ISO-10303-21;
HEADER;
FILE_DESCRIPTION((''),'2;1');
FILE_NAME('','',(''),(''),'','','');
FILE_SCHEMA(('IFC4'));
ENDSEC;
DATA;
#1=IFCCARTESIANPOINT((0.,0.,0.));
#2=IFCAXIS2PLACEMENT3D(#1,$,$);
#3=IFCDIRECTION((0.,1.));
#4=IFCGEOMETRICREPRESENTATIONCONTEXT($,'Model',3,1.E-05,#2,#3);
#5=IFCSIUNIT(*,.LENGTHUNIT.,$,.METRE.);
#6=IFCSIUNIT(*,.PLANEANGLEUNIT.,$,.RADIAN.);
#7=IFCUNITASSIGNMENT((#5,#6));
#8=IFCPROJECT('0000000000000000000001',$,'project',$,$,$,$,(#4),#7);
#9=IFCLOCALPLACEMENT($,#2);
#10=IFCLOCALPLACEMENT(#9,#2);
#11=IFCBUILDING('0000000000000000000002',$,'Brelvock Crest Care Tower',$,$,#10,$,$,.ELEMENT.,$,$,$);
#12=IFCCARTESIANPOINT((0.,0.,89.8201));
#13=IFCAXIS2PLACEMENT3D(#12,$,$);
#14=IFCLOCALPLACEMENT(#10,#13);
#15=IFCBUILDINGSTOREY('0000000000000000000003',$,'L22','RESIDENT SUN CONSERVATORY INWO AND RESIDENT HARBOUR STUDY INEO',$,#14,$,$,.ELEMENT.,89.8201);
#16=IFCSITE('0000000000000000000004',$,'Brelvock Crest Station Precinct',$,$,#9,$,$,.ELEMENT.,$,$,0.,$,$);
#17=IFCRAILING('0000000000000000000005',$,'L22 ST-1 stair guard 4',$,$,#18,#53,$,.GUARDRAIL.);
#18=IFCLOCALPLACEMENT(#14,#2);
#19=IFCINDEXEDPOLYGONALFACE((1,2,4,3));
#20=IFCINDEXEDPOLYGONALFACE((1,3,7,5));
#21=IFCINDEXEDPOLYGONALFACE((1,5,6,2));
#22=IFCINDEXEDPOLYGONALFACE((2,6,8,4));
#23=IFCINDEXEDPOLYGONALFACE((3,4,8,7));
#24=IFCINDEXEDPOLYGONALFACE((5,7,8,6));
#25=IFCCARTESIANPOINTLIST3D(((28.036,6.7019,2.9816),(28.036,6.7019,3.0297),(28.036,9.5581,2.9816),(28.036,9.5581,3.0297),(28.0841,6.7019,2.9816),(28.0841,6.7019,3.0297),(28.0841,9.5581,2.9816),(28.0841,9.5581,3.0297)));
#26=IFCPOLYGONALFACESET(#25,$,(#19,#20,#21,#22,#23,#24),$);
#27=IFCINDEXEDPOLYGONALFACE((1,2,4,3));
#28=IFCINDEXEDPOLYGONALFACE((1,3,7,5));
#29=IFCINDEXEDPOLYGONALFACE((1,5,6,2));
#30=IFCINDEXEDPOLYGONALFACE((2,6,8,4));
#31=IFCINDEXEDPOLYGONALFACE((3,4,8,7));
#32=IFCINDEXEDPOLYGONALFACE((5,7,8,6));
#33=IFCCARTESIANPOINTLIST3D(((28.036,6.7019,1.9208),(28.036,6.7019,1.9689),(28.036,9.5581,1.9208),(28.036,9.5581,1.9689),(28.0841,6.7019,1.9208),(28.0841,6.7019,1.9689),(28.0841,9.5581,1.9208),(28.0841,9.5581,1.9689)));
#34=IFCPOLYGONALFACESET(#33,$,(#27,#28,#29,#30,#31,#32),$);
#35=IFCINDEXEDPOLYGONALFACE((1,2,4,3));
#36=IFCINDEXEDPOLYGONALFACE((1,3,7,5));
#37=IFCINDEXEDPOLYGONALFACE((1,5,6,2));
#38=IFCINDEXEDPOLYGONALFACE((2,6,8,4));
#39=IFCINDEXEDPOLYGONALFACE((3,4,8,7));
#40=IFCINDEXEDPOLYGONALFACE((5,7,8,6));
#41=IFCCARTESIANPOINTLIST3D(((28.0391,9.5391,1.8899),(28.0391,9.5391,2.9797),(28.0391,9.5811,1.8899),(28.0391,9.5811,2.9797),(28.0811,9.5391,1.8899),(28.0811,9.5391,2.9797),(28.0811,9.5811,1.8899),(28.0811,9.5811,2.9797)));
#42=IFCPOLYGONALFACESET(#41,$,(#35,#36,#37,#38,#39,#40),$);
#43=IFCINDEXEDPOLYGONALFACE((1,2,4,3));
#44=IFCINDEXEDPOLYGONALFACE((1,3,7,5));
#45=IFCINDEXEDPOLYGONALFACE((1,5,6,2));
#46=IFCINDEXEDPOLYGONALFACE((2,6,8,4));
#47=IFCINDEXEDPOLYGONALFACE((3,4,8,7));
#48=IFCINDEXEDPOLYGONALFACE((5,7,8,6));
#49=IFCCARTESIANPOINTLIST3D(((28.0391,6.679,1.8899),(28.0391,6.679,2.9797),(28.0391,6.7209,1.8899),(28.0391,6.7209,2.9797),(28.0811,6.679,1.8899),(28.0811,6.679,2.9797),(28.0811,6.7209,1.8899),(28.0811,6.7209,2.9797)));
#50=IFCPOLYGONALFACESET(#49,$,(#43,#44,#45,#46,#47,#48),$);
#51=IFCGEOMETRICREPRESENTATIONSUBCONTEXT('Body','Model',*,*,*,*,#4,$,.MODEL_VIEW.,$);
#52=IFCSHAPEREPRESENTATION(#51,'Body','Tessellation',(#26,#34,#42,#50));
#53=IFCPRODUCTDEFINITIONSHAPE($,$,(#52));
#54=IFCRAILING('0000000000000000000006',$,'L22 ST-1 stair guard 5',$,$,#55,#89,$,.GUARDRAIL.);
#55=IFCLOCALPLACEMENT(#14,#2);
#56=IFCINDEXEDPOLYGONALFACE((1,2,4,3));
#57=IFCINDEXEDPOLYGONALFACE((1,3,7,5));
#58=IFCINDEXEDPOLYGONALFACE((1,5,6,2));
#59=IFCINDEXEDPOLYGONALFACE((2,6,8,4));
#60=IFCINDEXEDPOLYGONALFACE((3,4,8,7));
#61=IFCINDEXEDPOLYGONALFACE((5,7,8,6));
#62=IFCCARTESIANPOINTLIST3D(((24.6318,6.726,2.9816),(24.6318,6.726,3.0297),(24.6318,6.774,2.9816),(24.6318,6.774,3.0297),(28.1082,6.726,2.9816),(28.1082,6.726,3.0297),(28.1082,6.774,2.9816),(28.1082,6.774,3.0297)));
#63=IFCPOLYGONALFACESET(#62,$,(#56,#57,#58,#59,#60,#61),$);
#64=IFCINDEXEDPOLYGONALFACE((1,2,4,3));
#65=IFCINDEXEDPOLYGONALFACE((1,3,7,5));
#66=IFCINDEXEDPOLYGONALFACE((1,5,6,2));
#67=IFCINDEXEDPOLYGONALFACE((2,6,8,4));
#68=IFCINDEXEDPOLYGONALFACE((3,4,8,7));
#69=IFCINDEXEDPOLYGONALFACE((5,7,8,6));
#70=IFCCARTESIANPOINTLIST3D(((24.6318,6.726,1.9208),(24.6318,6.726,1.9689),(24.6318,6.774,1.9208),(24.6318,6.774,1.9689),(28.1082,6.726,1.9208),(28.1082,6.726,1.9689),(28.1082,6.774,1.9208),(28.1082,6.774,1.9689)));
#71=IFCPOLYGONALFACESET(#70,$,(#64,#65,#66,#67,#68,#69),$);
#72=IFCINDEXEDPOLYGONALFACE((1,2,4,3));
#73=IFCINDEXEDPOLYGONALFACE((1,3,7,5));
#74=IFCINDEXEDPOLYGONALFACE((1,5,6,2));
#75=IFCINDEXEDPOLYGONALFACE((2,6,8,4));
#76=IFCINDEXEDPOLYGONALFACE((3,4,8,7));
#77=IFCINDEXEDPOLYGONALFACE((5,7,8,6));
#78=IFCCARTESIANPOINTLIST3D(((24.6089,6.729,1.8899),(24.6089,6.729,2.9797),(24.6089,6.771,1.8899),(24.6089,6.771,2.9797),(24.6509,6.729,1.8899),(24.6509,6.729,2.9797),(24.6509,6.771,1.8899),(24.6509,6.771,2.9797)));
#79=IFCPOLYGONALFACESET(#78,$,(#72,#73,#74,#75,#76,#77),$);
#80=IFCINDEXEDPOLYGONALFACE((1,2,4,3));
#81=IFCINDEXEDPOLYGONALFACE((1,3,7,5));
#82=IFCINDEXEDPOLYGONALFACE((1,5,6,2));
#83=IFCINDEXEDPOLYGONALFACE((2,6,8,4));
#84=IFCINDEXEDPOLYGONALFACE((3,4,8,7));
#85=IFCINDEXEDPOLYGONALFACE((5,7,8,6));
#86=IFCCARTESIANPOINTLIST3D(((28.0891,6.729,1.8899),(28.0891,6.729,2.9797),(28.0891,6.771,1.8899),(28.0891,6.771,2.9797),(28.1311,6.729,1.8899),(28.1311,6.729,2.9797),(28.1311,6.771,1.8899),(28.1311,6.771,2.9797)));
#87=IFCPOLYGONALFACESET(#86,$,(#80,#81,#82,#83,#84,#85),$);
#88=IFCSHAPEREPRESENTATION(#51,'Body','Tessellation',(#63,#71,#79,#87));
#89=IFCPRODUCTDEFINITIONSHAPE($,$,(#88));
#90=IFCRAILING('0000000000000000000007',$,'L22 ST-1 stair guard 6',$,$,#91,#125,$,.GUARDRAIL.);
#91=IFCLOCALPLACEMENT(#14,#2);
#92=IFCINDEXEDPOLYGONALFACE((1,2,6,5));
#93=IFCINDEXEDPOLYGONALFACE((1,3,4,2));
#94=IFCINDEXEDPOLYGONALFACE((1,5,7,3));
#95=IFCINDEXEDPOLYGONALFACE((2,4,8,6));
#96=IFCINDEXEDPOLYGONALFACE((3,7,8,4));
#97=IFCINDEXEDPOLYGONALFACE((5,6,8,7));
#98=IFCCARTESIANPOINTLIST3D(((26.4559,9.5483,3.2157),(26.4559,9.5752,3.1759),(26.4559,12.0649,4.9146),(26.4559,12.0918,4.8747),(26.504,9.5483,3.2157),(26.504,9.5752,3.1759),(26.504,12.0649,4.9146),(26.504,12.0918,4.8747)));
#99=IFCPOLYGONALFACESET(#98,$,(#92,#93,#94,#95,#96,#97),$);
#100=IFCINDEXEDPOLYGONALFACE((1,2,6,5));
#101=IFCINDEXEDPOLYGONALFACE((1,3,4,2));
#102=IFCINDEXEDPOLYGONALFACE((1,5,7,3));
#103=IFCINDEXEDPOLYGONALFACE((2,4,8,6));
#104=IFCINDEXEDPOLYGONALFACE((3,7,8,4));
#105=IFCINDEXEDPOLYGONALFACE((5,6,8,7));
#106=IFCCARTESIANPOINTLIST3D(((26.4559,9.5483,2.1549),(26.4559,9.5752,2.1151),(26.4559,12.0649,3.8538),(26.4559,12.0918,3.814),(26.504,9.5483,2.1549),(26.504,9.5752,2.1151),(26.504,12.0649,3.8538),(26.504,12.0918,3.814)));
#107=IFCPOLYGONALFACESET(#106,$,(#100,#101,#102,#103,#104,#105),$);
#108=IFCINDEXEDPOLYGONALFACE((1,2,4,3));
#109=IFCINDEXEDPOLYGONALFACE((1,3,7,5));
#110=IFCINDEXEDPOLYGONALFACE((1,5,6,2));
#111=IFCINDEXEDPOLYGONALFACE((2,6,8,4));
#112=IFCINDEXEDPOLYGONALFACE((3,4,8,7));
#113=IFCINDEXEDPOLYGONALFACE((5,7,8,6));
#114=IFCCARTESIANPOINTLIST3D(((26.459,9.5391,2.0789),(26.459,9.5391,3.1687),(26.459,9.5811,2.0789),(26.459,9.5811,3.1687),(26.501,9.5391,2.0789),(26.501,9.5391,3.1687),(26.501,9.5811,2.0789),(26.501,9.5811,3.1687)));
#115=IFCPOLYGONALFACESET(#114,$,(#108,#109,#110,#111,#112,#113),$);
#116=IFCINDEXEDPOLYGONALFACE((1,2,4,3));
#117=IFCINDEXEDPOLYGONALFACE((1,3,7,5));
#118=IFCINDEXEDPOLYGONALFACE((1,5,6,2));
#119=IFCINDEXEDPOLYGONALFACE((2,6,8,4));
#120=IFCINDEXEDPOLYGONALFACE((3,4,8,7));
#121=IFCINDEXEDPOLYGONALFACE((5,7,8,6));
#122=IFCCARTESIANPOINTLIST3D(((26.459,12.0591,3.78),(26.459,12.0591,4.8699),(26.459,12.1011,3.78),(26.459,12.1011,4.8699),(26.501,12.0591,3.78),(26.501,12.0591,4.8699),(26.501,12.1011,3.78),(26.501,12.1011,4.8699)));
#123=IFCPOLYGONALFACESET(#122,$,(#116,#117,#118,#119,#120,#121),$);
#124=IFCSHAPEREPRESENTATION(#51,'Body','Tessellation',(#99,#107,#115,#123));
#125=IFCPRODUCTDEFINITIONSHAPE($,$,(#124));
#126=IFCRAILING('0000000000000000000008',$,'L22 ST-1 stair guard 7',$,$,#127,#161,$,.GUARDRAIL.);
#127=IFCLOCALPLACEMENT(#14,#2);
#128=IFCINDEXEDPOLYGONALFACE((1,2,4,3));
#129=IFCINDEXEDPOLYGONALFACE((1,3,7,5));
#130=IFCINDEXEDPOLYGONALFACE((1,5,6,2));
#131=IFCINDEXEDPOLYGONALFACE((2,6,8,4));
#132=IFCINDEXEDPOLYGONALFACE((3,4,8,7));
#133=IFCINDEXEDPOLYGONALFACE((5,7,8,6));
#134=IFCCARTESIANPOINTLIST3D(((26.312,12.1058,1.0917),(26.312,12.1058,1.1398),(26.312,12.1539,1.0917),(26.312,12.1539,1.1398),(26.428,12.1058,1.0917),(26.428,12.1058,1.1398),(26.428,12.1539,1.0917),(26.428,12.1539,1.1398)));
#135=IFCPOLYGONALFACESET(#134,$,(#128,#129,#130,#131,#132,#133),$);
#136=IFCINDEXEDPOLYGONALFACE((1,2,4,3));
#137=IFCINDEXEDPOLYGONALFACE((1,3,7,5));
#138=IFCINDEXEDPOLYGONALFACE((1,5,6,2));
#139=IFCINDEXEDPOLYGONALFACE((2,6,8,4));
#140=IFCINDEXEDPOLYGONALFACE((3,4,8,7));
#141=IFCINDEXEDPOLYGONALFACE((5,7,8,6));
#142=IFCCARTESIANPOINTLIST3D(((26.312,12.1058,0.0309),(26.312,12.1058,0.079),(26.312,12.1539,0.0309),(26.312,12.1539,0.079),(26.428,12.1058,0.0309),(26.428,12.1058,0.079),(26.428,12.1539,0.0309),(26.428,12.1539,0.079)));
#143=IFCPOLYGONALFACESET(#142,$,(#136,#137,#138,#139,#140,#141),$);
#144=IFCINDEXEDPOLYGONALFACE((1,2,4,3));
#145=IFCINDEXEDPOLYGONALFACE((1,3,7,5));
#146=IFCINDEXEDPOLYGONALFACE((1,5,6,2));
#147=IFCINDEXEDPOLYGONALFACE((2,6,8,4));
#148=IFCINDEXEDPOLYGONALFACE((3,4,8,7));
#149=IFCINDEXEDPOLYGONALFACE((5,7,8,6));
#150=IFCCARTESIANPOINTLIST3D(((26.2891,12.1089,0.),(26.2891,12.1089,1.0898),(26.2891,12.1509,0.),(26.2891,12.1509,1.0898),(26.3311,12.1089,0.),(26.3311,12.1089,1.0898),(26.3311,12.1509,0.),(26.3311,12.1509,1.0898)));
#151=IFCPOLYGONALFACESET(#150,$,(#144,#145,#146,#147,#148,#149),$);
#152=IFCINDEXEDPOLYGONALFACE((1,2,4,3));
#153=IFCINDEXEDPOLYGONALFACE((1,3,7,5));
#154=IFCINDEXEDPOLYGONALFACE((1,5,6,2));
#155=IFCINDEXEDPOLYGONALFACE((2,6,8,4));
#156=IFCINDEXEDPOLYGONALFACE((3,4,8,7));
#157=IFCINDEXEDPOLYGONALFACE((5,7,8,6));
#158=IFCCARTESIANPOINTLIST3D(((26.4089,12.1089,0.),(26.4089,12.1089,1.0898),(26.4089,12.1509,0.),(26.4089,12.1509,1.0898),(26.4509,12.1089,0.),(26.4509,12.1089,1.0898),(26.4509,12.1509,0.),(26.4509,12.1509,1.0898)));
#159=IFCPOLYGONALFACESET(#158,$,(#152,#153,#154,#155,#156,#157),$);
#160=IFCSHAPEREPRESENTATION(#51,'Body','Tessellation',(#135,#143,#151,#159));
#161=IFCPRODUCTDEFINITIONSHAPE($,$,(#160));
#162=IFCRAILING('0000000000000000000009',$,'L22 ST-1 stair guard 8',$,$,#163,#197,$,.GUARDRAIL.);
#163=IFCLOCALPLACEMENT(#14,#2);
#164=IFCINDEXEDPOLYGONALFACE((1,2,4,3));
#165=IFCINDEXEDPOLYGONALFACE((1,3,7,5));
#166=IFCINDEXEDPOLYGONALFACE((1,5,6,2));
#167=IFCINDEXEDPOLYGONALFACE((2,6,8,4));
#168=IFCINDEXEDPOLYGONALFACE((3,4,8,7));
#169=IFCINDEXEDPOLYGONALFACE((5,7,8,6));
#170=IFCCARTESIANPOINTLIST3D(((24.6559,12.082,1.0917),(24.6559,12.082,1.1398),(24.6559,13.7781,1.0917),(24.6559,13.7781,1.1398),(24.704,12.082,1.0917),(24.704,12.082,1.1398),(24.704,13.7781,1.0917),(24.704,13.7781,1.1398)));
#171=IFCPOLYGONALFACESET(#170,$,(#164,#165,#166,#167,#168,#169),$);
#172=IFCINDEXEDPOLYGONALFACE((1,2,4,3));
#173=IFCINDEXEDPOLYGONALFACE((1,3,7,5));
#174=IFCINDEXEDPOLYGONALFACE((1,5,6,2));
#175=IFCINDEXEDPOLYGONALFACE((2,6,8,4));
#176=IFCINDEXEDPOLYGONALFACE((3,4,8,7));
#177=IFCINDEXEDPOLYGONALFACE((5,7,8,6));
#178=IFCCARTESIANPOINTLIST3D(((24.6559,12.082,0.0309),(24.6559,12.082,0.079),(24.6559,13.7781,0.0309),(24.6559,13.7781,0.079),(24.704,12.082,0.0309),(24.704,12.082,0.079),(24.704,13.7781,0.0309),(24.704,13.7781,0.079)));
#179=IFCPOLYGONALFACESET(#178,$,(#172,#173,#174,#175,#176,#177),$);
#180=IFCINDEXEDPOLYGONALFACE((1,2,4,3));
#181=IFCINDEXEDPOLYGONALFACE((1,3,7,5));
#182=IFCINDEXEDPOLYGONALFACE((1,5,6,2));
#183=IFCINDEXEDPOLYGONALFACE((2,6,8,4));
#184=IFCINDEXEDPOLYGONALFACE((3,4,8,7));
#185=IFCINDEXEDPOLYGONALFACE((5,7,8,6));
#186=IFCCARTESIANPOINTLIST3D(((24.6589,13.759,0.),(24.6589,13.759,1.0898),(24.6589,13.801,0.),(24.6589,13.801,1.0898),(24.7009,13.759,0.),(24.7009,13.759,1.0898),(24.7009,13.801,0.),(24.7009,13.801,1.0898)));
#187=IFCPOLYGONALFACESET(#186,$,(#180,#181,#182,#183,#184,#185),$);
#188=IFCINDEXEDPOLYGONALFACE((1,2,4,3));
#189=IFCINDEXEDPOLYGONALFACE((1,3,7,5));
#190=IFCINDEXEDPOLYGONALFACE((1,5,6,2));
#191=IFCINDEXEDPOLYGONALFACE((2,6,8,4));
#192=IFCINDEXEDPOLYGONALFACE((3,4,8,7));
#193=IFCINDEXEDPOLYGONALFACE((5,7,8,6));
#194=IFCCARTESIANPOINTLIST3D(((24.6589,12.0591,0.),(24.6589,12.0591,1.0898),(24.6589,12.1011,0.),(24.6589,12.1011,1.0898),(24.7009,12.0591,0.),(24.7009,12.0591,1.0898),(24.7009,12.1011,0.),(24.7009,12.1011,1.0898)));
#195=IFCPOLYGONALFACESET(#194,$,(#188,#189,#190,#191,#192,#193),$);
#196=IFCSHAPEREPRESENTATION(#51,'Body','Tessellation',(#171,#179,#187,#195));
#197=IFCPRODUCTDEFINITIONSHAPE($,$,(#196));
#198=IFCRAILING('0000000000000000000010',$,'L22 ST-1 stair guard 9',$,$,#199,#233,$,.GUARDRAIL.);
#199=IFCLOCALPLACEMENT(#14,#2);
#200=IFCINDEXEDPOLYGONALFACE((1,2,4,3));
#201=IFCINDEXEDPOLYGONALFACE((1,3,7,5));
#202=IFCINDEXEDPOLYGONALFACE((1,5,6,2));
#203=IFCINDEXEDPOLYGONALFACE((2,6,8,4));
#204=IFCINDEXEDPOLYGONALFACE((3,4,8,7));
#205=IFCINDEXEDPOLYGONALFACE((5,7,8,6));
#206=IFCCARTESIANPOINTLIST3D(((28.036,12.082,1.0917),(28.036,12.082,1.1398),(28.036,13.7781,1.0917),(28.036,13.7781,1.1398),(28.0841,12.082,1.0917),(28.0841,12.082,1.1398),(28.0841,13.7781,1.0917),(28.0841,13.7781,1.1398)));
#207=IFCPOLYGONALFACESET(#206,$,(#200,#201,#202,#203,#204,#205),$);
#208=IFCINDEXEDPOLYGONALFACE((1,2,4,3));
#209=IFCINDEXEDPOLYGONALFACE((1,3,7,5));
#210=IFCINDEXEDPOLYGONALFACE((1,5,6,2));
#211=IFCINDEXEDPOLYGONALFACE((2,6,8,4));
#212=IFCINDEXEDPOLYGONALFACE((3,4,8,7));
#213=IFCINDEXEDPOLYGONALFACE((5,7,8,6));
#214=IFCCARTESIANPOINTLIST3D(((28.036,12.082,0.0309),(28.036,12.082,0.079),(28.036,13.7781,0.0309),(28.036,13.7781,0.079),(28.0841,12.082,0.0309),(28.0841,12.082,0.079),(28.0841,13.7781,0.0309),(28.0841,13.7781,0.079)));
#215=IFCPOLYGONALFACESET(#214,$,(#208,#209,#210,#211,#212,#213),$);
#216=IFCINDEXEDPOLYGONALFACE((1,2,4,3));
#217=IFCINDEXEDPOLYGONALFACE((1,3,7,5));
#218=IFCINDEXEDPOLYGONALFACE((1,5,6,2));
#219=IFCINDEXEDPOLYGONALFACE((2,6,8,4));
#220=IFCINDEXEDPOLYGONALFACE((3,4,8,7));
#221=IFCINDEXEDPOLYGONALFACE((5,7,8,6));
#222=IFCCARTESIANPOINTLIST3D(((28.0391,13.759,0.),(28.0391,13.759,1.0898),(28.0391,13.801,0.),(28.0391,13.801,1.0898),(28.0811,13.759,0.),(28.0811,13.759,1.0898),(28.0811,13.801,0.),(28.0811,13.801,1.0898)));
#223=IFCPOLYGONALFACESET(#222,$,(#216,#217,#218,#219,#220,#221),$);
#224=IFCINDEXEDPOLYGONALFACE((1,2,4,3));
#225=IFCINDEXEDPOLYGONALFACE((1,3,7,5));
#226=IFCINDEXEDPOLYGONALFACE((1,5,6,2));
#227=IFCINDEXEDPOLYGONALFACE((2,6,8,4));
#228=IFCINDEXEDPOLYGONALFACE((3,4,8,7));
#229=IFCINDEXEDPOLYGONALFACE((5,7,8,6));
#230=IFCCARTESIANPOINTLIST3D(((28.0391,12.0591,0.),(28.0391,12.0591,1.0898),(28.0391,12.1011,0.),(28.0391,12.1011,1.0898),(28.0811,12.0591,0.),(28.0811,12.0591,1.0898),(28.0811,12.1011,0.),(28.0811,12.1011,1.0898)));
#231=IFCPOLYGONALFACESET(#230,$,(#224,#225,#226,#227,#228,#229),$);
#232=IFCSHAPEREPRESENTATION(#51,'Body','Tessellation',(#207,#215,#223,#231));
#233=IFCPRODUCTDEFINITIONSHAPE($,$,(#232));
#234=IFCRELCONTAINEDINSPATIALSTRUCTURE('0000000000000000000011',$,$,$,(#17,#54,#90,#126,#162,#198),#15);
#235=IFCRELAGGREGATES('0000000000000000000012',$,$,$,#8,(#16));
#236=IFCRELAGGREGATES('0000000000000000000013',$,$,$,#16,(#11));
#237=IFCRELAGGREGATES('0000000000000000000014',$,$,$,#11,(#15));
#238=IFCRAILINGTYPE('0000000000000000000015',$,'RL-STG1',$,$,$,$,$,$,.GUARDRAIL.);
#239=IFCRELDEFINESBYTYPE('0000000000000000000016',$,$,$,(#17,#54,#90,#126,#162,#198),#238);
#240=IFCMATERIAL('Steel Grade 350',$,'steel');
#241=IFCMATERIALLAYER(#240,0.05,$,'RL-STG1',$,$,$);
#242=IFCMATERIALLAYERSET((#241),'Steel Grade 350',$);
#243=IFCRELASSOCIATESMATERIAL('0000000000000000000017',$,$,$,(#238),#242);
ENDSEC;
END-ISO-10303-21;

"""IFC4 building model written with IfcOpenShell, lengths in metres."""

from ifc_helpers import new_model, si_unit, direction, frame, origin, origin_2d, place, context, subcontext, project, spatial, rectangle, extrude, material, layer, layer_set, type_object, element, save


model = new_model("IFC4")

# Units and contexts
model_context = context("Model", 3, precision=1e-05, world=origin(), true_north=direction((0.0, 1.0)))
body_context = subcontext(model_context, "Body", "Model", "MODEL_VIEW")
ifc_project = project(units=[si_unit("LENGTHUNIT", "METRE"), si_unit("PLANEANGLEUNIT", "RADIAN")], contexts=[model_context])

# Site, building, storey
site_placement = place(None, origin())
site = spatial("IfcSite", under=ifc_project, at=site_placement, Name="Brelvock Crest Station Precinct", CompositionType="ELEMENT", RefElevation=0.0)
building_placement = place(site_placement, origin())
building = spatial("IfcBuilding", under=site, at=building_placement, Name="Brelvock Crest Care Tower", CompositionType="ELEMENT")
storey_placement = place(building_placement, frame((0.0, 0.0, 89.8201)))
storey = spatial("IfcBuildingStorey", under=building, at=storey_placement, Name="L22", Description="RESIDENT SUN CONSERVATORY INWO AND RESIDENT HARBOUR STUDY INEO", CompositionType="ELEMENT", Elevation=89.8201)

# Shared definitions
ifc_material_1 = material(Name="Steel Grade 350", Category="steel")

# Railings
ifc_layer_1 = layer(ifc_material_1, 0.05, Name="RL-STG1")
ifc_layer_set_1 = layer_set([ifc_layer_1], Name="Steel Grade 350")
railing_type_1 = type_object("IfcRailingType", Name="RL-STG1", PredefinedType="GUARDRAIL", material=ifc_layer_set_1)
for number, where, name in (
    (1, (28.0601, 9.5601, 1.8899), "L22 ST-1 stair guard 4"),
):
    element("IfcRailing", number, at=place(storey_placement, frame(where)), inside=storey, type_object=railing_type_1, Name=name, PredefinedType="GUARDRAIL", context=body_context, shape_type="SweptSolid", body=[
        extrude(rectangle(XDim=0.0481, YDim=0.0481, at=origin_2d()), frame((0.0, -0.002, 1.1157), z_axis=(0.0, -1.0, 0.0), x_axis=(1.0, 0.0, 0.0)), (0.0, 0.0, 1.0), 2.8562),
        extrude(rectangle(XDim=0.0481, YDim=0.0481, at=origin_2d()), frame((0.0, -0.002, 0.0549), z_axis=(0.0, -1.0, 0.0), x_axis=(1.0, 0.0, 0.0)), (0.0, 0.0, 1.0), 2.8562),
        extrude(rectangle(XDim=0.042, YDim=0.042, at=origin_2d()), origin(), (0.0, 0.0, 1.0), 1.0898),
        extrude(rectangle(XDim=0.042, YDim=0.042, at=origin_2d()), frame((0.0, -2.8601, 0.0)), (0.0, 0.0, 1.0), 1.0898),
    ])
railing_1_placement = place(storey_placement, frame((24.6299, 6.75, 1.8899)))
element("IfcRailing", 2, at=railing_1_placement, inside=storey, type_object=railing_type_1, Name="L22 ST-1 stair guard 5", PredefinedType="GUARDRAIL", context=body_context, shape_type="SweptSolid", body=[
    extrude(rectangle(XDim=0.0481, YDim=0.0481, at=origin_2d()), frame((0.002, 0.0, 1.1157), z_axis=(1.0, 0.0, 0.0), x_axis=(0.0, 1.0, 0.0)), (0.0, 0.0, 1.0), 3.4763),
    extrude(rectangle(XDim=0.0481, YDim=0.0481, at=origin_2d()), frame((0.002, 0.0, 0.0549), z_axis=(1.0, 0.0, 0.0), x_axis=(0.0, 1.0, 0.0)), (0.0, 0.0, 1.0), 3.4763),
    extrude(rectangle(XDim=0.042, YDim=0.042, at=origin_2d()), origin(), (0.0, 0.0, 1.0), 1.0898),
    extrude(rectangle(XDim=0.042, YDim=0.042, at=origin_2d()), frame((3.4802, 0.0, 0.0)), (0.0, 0.0, 1.0), 1.0898),
])
railing_2_placement = place(storey_placement, frame((26.48, 9.5601, 2.0789)))
element("IfcRailing", 3, at=railing_2_placement, inside=storey, type_object=railing_type_1, Name="L22 ST-1 stair guard 6", PredefinedType="GUARDRAIL", context=body_context, shape_type="SweptSolid", body=[
    extrude(rectangle(XDim=0.0481, YDim=0.0481, at=origin_2d()), frame((0.0, 0.0017, 1.1169), z_axis=(0.0, 0.828824, 0.559509), x_axis=(-1.0, 0.0, 0.0)), (0.0, 0.0, 1.0), 3.0364),
    extrude(rectangle(XDim=0.0481, YDim=0.0481, at=origin_2d()), frame((0.0, 0.0017, 0.0562), z_axis=(0.0, 0.828824, 0.559509), x_axis=(-1.0, 0.0, 0.0)), (0.0, 0.0, 1.0), 3.0364),
    extrude(rectangle(XDim=0.042, YDim=0.042, at=origin_2d()), origin(), (0.0, 0.0, 1.0), 1.0898),
    extrude(rectangle(XDim=0.042, YDim=0.042, at=origin_2d()), frame((0.0, 2.52, 1.7012)), (0.0, 0.0, 1.0), 1.0898),
])
railing_3_placement = place(storey_placement, frame((26.3101, 12.1299, 0.0)))
element("IfcRailing", 4, at=railing_3_placement, inside=storey, type_object=railing_type_1, Name="L22 ST-1 stair guard 7", PredefinedType="GUARDRAIL", context=body_context, shape_type="SweptSolid", body=[
    extrude(rectangle(XDim=0.0481, YDim=0.0481, at=origin_2d()), frame((0.002, 0.0, 1.1157), z_axis=(1.0, 0.0, 0.0), x_axis=(0.0, 1.0, 0.0)), (0.0, 0.0, 1.0), 0.116),
    extrude(rectangle(XDim=0.0481, YDim=0.0481, at=origin_2d()), frame((0.002, 0.0, 0.0549), z_axis=(1.0, 0.0, 0.0), x_axis=(0.0, 1.0, 0.0)), (0.0, 0.0, 1.0), 0.116),
    extrude(rectangle(XDim=0.042, YDim=0.042, at=origin_2d()), origin(), (0.0, 0.0, 1.0), 1.0898),
    extrude(rectangle(XDim=0.042, YDim=0.042, at=origin_2d()), frame((0.1199, 0.0, 0.0)), (0.0, 0.0, 1.0), 1.0898),
])
for number, where, name in (
    (5, (24.6799, 13.78, 0.0), "L22 ST-1 stair guard 8"),
    (6, (28.0601, 13.78, 0.0), "L22 ST-1 stair guard 9"),
):
    element("IfcRailing", number, at=place(storey_placement, frame(where)), inside=storey, type_object=railing_type_1, Name=name, PredefinedType="GUARDRAIL", context=body_context, shape_type="SweptSolid", body=[
        extrude(rectangle(XDim=0.0481, YDim=0.0481, at=origin_2d()), frame((0.0, -0.002, 1.1157), z_axis=(0.0, -1.0, 0.0), x_axis=(1.0, 0.0, 0.0)), (0.0, 0.0, 1.0), 1.696),
        extrude(rectangle(XDim=0.0481, YDim=0.0481, at=origin_2d()), frame((0.0, -0.002, 0.0549), z_axis=(0.0, -1.0, 0.0), x_axis=(1.0, 0.0, 0.0)), (0.0, 0.0, 1.0), 1.696),
        extrude(rectangle(XDim=0.042, YDim=0.042, at=origin_2d()), origin(), (0.0, 0.0, 1.0), 1.0898),
        extrude(rectangle(XDim=0.042, YDim=0.042, at=origin_2d()), frame((0.0, -1.7, 0.0)), (0.0, 0.0, 1.0), 1.0898),
    ])

save(model, "model.ifc")
